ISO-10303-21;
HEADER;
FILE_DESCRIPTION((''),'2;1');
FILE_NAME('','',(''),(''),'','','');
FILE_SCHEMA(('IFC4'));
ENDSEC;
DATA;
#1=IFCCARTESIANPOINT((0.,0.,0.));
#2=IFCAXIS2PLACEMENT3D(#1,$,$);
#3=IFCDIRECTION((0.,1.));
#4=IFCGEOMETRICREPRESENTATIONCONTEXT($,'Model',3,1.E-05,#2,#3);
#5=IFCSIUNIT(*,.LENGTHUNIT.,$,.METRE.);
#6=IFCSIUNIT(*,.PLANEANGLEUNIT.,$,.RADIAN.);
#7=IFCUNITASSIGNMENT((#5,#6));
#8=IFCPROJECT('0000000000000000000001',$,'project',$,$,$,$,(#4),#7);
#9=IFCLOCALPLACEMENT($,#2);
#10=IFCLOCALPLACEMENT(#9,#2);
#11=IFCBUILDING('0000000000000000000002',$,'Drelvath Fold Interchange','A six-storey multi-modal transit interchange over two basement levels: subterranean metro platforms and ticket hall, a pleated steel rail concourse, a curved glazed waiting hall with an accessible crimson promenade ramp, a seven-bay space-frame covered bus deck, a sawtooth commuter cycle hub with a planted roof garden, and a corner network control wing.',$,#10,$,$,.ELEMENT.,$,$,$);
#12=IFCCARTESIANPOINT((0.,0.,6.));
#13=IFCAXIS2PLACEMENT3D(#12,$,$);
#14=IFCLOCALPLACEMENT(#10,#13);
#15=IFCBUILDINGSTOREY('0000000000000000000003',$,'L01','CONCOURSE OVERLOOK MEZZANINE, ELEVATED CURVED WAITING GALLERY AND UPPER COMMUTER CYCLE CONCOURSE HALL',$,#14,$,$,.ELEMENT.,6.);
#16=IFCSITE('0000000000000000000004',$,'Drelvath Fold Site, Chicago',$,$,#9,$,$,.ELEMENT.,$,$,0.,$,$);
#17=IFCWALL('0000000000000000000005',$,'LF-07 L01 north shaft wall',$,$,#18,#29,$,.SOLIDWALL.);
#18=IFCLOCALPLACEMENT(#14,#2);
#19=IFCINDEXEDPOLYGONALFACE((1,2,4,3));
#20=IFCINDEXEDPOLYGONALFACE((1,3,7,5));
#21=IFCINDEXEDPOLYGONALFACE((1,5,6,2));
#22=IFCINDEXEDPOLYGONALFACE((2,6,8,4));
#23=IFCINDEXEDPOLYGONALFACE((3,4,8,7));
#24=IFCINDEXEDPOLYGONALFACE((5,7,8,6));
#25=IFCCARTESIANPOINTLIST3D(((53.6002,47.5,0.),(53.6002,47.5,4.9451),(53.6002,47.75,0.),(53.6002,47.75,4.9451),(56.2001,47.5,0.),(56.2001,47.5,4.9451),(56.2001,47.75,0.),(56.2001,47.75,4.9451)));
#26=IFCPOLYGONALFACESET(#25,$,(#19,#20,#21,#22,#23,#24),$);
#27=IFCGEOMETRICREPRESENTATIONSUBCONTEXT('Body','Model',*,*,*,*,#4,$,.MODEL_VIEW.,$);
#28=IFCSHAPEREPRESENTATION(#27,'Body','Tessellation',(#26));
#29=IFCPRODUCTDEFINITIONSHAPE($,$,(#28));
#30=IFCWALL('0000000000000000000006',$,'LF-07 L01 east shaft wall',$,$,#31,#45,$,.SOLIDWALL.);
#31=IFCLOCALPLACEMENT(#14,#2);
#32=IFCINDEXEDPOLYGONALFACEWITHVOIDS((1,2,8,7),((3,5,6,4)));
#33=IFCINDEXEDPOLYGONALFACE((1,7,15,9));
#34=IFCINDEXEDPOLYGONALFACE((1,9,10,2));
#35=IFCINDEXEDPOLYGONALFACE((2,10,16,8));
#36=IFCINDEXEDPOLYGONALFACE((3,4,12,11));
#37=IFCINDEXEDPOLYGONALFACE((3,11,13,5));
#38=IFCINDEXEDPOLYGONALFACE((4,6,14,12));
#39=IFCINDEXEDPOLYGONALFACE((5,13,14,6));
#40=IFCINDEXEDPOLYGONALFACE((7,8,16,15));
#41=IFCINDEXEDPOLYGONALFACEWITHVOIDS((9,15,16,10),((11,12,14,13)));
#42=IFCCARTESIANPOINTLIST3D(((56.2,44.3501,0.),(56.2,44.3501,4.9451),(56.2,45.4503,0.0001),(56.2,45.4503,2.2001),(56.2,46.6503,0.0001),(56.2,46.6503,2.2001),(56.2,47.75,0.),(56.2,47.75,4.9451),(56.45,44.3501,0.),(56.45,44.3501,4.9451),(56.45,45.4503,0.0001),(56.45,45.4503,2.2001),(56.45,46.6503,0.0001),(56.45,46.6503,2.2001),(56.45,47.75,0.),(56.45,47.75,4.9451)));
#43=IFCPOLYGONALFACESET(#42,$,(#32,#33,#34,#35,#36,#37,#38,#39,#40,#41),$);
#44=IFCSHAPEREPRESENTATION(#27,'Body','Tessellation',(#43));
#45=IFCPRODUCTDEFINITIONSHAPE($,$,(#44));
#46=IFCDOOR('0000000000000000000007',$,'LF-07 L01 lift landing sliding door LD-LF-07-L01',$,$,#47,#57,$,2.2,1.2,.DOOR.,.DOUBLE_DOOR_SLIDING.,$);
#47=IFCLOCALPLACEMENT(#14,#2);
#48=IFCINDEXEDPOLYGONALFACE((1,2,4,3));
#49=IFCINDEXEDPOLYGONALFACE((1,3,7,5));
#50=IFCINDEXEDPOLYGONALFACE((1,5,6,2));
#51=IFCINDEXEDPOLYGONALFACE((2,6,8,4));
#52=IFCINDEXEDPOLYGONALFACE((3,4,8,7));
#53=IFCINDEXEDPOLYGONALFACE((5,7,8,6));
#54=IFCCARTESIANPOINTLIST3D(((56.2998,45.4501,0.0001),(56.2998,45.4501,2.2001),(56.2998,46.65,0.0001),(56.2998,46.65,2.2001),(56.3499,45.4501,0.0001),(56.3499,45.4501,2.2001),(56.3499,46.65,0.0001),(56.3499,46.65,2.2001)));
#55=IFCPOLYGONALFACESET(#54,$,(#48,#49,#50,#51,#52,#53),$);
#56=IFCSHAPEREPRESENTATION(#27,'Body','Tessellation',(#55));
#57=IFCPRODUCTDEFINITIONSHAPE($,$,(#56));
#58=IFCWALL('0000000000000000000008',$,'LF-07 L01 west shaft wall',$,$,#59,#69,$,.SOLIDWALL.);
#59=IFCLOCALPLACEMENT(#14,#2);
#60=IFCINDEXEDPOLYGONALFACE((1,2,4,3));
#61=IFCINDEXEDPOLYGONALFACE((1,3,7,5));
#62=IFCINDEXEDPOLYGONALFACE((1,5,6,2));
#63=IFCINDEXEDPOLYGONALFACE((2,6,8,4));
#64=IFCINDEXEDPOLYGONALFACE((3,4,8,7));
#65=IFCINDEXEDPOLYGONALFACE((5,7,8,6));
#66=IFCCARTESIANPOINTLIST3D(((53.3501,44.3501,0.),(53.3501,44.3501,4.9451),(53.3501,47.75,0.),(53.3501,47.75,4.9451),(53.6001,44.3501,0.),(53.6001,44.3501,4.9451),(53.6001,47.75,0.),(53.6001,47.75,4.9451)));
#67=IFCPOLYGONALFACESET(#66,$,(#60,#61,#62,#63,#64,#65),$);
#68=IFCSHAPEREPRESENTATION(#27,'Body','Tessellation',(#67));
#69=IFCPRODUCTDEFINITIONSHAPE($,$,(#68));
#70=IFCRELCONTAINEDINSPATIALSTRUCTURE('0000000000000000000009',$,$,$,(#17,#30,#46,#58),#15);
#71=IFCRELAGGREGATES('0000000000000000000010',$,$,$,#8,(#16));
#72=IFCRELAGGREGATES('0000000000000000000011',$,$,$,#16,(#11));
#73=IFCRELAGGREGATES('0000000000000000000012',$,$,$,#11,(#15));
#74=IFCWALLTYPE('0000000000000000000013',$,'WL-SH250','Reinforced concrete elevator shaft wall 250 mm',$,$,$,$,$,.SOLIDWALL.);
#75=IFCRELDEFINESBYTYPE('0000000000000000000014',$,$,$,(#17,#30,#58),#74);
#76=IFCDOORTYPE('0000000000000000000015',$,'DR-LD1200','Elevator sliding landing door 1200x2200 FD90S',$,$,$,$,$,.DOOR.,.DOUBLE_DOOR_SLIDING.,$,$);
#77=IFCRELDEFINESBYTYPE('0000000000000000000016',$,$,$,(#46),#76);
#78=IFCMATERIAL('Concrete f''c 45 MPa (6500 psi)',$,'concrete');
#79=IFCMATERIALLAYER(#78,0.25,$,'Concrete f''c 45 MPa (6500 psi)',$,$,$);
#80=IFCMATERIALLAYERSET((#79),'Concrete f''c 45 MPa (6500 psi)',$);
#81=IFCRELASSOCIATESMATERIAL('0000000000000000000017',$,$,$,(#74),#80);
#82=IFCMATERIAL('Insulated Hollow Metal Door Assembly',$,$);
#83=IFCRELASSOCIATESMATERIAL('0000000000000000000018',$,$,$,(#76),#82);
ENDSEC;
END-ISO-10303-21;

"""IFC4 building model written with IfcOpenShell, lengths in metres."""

from ifc_helpers import new_model, si_unit, direction, frame, frame_2d, origin, place, context, subcontext, project, spatial, rectangle, extrude, material, layer, layer_set, type_object, element, fill, save


model = new_model("IFC4")

# Units and contexts
model_context = context("Model", 3, precision=1e-05, world=origin(), true_north=direction((0.0, 1.0)))
body_context = subcontext(model_context, "Body", "Model", "MODEL_VIEW")
ifc_project = project(units=[si_unit("LENGTHUNIT", "METRE"), si_unit("PLANEANGLEUNIT", "RADIAN")], contexts=[model_context])

# Site, building, storey
site_placement = place(None, origin())
site = spatial("IfcSite", under=ifc_project, at=site_placement, Name="Drelvath Fold Site, Chicago", CompositionType="ELEMENT", RefElevation=0.0)
building_placement = place(site_placement, origin())
building = spatial("IfcBuilding", under=site, at=building_placement, Name="Drelvath Fold Interchange", Description="A six-storey multi-modal transit interchange over two basement levels: subterranean metro platforms and ticket hall, a pleated steel rail concourse, a curved glazed waiting hall with an accessible crimson promenade ramp, a seven-bay space-frame covered bus deck, a sawtooth commuter cycle hub with a planted roof garden, and a corner network control wing.", CompositionType="ELEMENT")
storey_placement = place(building_placement, frame((0.0, 0.0, 6.0)))
storey = spatial("IfcBuildingStorey", under=building, at=storey_placement, Name="L01", Description="CONCOURSE OVERLOOK MEZZANINE, ELEVATED CURVED WAITING GALLERY AND UPPER COMMUTER CYCLE CONCOURSE HALL", CompositionType="ELEMENT", Elevation=6.0)

# Wall
ifc_material_1 = material(Name="Concrete f'c 45 MPa (6500 psi)", Category="concrete")
ifc_layer_1 = layer(ifc_material_1, 0.25, Name="Concrete f'c 45 MPa (6500 psi)")
ifc_layer_set_1 = layer_set([ifc_layer_1], Name="Concrete f'c 45 MPa (6500 psi)")
wall_type_1 = type_object("IfcWallType", Name="WL-SH250", Description="Reinforced concrete elevator shaft wall 250 mm", PredefinedType="SOLIDWALL", material=ifc_layer_set_1)
for number, where, z_axis, x_axis, name in (
    (1, (56.2, 47.625, 0.0), (0.0, 0.0, 1.0), (-1.0, 0.0, 0.0), "LF-07 L01 north shaft wall"),
):
    element("IfcWall", number, at=place(storey_placement, frame(where, z_axis=z_axis, x_axis=x_axis)), inside=storey, type_object=wall_type_1, Name=name, PredefinedType="SOLIDWALL", context=body_context, shape_type="SweptSolid", body=[
        extrude(rectangle(XDim=2.5999, YDim=0.25, at=frame_2d((1.2998, 0.0))), origin(), (0.0, 0.0, 1.0), 4.9451),
    ])

# Wall, opening, door
wall_1_placement = place(storey_placement, frame((56.325, 44.3501, 0.0), z_axis=(0.0, 0.0, 1.0), x_axis=(0.0, 1.0, 0.0)))
wall_1 = element("IfcWall", 2, at=wall_1_placement, inside=storey, type_object=wall_type_1, Name="LF-07 L01 east shaft wall", PredefinedType="SOLIDWALL", context=body_context, shape_type="SweptSolid", body=[
    extrude(rectangle(XDim=3.3999, YDim=0.25, at=frame_2d((1.7, 0.0))), origin(), (0.0, 0.0, 1.0), 4.9451),
])
opening_1_placement = place(wall_1_placement, frame((1.1001, 0.0, 0.0)))
opening_1 = element("IfcOpeningElement", 3, at=opening_1_placement, cuts=wall_1, PredefinedType="OPENING", context=body_context, shape_type="SweptSolid", body=[
    extrude(rectangle(XDim=1.2, YDim=2.2, at=frame_2d((0.6001, 1.1001))), frame((0.0, 0.135, 0.0), z_axis=(0.0, -1.0, 0.0), x_axis=(1.0, 0.0, 0.0)), (0.0, 0.0, 1.0), 0.27),
])
ifc_material_2 = material(Name="Insulated Hollow Metal Door Assembly")
door_type_1 = type_object("IfcDoorType", Name="DR-LD1200", Description="Elevator sliding landing door 1200x2200 FD90S", OperationType="DOUBLE_DOOR_SLIDING", PredefinedType="DOOR", material=ifc_material_2)
door_1_placement = place(opening_1_placement, frame((1.2, 0.0, 0.0), z_axis=(0.0, 0.0, 1.0), x_axis=(-1.0, 0.0, 0.0)))
door_1 = element("IfcDoor", 4, at=door_1_placement, inside=storey, type_object=door_type_1, Name="LF-07 L01 lift landing sliding door LD-LF-07-L01", OperationType="DOUBLE_DOOR_SLIDING", OverallHeight=2.2, OverallWidth=1.2, PredefinedType="DOOR", context=body_context, shape_type="SweptSolid", body=[
    extrude(rectangle(XDim=1.2, YDim=2.2, at=frame_2d((0.6001, 1.1001))), frame((0.0, 0.0249, 0.0), z_axis=(0.0, -1.0, 0.0), x_axis=(1.0, 0.0, 0.0)), (0.0, 0.0, 1.0), 0.05),
])
fill(opening_1, door_1)

# Wall
wall_2_placement = place(storey_placement, frame((53.4751, 47.75, 0.0), z_axis=(0.0, 0.0, 1.0), x_axis=(0.0, -1.0, 0.0)))
element("IfcWall", 5, at=wall_2_placement, inside=storey, type_object=wall_type_1, Name="LF-07 L01 west shaft wall", PredefinedType="SOLIDWALL", context=body_context, shape_type="SweptSolid", body=[
    extrude(rectangle(XDim=3.3999, YDim=0.25, at=frame_2d((1.7, 0.0))), origin(), (0.0, 0.0, 1.0), 4.9451),
])

save(model, "model.ifc")
